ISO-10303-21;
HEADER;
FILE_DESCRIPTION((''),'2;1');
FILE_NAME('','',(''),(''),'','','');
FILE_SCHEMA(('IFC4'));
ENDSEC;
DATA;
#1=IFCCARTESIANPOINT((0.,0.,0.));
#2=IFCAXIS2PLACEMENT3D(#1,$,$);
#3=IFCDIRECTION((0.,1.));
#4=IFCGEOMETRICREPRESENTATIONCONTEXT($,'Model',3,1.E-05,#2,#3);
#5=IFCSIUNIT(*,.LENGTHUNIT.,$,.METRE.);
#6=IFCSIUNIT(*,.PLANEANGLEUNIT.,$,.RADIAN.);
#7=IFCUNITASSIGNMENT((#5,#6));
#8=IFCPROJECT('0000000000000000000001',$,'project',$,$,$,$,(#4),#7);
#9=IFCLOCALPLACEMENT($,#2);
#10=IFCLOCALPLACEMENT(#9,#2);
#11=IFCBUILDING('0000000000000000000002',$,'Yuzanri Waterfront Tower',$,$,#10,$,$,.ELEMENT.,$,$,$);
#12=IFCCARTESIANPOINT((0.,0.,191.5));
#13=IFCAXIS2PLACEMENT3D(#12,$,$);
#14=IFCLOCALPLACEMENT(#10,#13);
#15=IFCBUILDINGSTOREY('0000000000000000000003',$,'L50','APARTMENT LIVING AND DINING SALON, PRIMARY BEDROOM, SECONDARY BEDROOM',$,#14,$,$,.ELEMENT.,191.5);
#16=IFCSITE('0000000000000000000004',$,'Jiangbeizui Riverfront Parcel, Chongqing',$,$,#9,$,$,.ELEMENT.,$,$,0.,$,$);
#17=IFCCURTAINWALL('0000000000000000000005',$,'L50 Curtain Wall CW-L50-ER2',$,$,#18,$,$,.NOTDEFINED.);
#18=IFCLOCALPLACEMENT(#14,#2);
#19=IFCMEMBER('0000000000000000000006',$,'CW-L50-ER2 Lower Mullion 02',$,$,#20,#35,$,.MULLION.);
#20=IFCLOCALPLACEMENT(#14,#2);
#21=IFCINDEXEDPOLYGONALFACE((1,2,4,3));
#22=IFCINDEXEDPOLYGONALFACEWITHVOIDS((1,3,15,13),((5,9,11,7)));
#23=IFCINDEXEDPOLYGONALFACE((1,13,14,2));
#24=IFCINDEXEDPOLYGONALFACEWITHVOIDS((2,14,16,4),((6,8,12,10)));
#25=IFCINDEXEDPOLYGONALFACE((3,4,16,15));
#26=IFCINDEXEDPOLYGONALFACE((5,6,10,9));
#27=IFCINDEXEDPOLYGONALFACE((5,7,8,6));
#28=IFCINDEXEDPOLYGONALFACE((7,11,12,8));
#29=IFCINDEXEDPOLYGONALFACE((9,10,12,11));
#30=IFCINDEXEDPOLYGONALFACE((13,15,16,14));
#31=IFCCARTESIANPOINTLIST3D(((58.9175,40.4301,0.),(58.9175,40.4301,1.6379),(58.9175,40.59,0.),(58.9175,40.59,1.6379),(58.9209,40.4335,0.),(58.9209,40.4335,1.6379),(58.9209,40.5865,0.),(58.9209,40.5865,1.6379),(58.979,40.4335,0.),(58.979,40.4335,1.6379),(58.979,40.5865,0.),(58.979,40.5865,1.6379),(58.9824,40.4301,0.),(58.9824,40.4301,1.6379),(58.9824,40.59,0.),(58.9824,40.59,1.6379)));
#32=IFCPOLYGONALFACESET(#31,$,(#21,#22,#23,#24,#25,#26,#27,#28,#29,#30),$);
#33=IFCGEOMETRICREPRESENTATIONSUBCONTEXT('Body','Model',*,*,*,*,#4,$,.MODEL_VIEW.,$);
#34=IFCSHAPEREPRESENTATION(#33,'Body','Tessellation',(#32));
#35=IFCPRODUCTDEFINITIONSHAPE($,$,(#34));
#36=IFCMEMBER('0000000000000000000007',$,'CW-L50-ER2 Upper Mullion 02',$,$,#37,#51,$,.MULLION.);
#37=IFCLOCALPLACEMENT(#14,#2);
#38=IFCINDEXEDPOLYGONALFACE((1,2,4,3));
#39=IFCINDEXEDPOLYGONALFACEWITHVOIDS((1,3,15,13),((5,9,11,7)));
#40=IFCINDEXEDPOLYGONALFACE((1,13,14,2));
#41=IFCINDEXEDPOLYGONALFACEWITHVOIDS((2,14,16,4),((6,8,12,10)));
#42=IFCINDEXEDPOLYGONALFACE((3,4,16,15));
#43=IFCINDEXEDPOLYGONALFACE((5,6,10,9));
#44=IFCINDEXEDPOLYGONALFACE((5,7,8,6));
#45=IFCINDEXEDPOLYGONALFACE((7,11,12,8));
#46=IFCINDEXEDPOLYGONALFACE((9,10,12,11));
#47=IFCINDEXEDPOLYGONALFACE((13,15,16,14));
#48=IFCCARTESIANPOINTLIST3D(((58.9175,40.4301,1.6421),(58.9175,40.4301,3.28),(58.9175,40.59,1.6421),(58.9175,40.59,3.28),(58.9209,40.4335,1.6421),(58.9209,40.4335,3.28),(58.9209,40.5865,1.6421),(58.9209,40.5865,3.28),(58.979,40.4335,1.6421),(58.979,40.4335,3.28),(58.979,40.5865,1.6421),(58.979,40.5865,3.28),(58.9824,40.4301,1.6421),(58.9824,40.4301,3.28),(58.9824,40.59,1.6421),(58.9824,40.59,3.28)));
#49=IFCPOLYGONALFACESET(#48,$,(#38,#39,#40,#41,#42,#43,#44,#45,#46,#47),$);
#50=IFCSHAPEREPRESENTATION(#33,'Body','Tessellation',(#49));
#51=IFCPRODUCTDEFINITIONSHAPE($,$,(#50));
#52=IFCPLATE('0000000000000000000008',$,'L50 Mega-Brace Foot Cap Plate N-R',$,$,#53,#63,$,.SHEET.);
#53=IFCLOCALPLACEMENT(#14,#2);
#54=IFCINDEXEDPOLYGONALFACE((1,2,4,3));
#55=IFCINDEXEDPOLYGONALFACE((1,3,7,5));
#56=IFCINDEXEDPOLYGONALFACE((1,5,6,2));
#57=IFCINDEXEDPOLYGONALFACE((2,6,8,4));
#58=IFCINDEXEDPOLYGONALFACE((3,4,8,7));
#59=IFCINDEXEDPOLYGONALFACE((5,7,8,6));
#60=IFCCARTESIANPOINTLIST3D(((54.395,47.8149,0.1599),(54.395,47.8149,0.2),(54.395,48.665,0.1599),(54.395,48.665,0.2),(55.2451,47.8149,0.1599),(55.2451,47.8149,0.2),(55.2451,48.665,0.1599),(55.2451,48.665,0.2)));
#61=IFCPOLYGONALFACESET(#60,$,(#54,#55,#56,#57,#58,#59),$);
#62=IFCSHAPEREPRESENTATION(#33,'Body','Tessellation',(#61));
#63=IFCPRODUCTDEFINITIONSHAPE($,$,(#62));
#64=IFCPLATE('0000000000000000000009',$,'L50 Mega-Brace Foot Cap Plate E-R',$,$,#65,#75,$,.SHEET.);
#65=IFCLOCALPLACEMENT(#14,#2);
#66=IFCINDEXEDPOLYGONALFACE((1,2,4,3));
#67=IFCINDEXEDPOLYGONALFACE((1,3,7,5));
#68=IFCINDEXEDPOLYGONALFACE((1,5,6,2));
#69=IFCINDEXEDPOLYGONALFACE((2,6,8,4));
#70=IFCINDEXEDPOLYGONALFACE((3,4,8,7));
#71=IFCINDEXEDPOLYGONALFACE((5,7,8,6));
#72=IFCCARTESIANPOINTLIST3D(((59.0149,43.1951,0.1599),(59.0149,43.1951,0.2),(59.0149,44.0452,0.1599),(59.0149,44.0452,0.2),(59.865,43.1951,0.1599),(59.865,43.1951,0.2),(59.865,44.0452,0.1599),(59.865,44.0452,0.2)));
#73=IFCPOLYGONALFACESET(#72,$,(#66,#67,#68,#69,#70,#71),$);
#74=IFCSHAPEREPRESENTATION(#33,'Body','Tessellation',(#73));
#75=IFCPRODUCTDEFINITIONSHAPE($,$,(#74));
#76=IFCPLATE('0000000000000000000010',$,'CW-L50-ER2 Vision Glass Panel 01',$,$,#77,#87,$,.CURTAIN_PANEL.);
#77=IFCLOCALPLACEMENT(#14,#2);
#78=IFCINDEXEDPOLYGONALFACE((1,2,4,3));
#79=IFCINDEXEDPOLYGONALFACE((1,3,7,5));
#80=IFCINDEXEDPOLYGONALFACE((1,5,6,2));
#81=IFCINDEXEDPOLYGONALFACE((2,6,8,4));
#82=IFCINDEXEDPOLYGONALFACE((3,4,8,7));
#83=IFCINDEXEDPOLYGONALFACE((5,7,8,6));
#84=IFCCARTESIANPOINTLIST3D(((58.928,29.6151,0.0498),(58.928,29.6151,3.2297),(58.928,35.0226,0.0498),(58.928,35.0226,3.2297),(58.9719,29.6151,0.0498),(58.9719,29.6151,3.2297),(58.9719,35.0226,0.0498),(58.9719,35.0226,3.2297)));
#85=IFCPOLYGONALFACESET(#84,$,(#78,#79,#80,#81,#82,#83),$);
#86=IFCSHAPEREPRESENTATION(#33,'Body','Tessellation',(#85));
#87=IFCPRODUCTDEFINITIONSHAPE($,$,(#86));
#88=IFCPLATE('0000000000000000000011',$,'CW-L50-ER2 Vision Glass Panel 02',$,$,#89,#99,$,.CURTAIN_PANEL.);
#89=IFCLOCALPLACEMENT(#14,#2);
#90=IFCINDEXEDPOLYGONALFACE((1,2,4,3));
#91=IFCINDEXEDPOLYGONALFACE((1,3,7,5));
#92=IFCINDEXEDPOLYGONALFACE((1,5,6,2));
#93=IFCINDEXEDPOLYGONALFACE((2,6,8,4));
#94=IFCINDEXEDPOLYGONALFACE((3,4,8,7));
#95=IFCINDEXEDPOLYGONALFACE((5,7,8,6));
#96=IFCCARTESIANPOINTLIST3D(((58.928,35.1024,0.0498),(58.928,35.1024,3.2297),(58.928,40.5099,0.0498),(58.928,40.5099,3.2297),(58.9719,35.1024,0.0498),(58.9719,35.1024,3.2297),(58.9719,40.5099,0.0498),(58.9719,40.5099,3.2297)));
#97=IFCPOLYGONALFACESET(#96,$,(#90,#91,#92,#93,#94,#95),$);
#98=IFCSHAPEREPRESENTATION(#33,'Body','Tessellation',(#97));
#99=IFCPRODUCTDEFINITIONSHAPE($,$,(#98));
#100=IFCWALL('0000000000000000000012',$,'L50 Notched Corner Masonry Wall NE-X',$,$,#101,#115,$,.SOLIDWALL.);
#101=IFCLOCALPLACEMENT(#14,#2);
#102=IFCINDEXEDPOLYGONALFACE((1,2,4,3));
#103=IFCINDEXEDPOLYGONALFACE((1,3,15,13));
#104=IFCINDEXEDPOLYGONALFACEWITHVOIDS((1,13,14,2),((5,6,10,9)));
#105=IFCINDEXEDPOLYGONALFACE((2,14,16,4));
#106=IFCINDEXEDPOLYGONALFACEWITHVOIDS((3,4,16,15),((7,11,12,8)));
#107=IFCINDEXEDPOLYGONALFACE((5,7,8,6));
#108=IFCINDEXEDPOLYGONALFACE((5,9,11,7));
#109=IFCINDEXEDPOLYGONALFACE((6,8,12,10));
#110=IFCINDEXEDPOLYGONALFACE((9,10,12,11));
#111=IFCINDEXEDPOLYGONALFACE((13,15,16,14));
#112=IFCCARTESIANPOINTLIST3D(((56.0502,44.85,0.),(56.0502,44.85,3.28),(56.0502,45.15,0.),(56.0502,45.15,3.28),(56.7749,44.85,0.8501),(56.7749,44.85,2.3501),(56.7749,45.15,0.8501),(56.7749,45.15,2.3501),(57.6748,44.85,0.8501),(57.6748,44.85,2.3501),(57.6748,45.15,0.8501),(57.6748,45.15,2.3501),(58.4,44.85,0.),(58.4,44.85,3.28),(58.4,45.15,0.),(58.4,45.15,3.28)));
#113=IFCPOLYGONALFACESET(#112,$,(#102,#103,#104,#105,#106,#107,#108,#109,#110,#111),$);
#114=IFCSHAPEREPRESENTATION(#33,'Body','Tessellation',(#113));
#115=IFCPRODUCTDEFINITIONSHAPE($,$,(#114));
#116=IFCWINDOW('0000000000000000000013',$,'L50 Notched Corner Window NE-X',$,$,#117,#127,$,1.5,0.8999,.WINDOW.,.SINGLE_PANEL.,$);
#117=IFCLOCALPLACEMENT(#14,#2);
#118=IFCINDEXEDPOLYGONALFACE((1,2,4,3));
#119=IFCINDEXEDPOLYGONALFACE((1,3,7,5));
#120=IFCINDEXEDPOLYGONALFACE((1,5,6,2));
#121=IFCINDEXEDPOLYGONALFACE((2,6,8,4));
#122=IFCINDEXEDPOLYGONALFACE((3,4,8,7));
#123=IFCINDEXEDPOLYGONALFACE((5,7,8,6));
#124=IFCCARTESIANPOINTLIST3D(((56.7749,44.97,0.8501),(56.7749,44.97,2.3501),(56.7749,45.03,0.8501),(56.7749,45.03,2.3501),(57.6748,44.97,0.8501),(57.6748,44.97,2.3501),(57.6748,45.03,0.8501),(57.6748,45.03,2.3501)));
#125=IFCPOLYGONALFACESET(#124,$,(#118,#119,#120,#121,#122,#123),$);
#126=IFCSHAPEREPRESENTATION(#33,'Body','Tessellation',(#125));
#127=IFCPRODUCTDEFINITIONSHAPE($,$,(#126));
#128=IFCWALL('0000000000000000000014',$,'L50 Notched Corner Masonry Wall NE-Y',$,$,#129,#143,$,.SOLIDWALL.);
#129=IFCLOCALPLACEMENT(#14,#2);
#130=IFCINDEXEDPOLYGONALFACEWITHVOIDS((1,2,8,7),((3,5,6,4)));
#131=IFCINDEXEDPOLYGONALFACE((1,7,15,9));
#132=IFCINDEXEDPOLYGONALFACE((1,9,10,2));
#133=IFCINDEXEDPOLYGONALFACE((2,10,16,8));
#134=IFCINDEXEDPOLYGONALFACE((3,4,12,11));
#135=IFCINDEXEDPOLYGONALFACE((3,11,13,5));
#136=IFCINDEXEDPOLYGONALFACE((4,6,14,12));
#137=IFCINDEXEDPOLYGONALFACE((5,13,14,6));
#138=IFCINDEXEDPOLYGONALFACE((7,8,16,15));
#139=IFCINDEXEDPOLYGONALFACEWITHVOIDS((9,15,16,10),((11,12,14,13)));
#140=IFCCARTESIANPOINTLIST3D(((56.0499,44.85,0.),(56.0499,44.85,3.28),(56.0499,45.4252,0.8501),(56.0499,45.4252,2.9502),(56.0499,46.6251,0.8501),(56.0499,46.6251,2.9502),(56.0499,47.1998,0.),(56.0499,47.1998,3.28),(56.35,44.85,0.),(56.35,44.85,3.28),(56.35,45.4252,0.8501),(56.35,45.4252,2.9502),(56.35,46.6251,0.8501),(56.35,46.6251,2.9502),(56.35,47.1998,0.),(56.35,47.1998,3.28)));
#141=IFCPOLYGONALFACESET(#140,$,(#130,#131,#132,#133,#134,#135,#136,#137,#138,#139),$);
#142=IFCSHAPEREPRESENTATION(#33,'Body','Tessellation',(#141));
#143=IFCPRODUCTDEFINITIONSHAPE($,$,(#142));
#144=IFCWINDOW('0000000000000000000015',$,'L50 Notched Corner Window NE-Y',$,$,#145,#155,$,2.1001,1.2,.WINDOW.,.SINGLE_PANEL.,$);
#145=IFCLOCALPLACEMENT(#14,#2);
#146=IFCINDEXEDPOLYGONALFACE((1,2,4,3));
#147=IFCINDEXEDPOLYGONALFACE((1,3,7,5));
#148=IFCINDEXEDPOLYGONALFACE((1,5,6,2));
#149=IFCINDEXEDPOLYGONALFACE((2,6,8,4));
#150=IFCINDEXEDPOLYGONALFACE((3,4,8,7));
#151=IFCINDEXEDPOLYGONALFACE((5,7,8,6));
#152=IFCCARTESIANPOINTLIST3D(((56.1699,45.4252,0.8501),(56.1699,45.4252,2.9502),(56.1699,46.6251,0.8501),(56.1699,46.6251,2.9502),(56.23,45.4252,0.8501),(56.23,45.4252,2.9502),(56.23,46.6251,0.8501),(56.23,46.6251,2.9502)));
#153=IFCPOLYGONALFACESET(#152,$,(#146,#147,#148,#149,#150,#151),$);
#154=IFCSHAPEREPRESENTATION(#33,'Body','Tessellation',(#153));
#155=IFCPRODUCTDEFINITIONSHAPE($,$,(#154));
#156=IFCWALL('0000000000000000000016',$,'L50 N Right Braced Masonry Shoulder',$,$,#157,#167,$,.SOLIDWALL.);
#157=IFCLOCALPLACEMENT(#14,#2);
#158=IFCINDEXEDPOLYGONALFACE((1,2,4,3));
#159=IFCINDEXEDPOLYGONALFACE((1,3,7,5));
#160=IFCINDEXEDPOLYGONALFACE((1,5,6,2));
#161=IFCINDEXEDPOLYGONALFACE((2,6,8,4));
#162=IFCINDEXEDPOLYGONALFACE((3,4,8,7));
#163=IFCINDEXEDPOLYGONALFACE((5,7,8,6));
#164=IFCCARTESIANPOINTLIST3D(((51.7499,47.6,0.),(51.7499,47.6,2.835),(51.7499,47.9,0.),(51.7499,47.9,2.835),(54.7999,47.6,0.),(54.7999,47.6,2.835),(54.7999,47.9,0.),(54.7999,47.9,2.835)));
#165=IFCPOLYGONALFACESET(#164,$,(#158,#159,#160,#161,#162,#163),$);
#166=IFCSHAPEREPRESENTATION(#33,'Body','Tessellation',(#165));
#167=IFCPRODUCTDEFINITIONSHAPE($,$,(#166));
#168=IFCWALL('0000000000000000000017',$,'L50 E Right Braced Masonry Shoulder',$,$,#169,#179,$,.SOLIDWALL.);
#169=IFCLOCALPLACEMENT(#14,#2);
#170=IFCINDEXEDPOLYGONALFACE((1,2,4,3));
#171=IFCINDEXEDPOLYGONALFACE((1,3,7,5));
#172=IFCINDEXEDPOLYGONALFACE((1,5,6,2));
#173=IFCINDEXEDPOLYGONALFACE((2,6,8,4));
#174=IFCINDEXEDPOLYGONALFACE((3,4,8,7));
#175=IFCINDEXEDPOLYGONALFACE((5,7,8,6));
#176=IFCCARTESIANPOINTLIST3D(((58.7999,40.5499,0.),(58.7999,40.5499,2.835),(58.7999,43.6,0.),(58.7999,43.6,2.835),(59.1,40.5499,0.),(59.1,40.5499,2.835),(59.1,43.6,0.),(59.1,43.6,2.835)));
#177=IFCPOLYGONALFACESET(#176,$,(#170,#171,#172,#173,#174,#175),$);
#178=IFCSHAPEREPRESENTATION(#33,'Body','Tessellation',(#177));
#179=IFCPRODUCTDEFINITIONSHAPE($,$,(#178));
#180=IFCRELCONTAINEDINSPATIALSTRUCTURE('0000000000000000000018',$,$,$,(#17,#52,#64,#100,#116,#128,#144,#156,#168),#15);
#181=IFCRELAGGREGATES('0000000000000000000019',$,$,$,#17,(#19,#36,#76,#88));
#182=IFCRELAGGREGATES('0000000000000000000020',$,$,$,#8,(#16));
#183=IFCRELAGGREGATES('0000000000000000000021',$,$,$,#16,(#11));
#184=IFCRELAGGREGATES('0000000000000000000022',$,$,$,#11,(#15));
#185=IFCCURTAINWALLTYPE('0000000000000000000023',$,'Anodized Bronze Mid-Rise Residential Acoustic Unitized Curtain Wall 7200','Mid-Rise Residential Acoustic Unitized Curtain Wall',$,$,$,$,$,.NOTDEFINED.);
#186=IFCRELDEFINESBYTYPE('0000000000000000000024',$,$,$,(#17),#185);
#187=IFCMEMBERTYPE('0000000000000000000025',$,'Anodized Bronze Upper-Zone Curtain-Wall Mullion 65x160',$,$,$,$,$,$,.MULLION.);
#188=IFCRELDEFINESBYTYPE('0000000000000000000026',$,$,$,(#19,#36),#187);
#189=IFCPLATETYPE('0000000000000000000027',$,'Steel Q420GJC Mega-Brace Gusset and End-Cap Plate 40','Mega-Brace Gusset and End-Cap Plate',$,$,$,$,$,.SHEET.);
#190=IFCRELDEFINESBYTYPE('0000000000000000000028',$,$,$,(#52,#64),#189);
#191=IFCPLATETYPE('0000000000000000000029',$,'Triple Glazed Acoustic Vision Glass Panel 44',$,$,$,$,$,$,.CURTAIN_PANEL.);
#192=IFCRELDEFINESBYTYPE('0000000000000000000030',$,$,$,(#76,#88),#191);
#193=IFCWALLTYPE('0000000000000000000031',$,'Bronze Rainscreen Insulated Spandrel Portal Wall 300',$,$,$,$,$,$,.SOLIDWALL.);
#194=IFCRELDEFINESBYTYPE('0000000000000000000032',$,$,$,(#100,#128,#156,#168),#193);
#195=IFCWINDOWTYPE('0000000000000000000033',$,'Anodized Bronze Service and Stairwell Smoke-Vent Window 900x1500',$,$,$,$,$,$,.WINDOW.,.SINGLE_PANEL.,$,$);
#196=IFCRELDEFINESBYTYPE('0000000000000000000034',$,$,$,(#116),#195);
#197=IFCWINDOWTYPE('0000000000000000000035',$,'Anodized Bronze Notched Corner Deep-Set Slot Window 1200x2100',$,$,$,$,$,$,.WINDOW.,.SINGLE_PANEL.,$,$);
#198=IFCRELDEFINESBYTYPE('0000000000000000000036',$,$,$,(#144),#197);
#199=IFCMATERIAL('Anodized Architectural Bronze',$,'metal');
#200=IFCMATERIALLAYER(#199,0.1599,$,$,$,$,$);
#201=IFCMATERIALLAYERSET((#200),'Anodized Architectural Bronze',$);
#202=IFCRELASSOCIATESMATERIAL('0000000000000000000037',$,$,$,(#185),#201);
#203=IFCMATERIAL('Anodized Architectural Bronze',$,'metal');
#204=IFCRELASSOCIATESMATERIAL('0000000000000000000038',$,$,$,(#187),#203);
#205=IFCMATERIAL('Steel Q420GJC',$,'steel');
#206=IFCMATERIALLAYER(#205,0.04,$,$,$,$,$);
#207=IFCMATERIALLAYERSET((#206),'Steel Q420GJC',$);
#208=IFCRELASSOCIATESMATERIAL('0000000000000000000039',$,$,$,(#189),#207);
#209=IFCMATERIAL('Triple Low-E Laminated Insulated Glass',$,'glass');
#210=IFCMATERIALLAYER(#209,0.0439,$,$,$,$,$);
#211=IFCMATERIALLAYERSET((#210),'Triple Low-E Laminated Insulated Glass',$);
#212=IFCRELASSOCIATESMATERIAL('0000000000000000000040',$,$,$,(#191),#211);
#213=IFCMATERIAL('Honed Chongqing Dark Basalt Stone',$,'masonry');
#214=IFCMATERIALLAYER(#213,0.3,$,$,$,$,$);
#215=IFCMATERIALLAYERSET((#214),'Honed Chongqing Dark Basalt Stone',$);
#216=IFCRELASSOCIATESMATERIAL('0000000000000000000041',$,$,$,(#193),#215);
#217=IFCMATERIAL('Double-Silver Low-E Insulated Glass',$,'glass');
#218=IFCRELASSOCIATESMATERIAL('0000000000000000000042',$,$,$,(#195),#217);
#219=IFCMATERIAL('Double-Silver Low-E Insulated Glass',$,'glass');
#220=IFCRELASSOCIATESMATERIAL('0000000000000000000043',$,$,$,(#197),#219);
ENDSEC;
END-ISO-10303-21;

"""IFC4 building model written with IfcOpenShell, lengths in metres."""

from ifc_helpers import new_model, si_unit, direction, frame, frame_2d, origin, origin_2d, place, context, subcontext, project, spatial, rectangle, hollow_rectangle, extrude, source, transform, mapped, material, layer, layer_set, material_profile, profile_set, type_object, element, fill, aggregate, save


model = new_model("IFC4")

# Units and contexts
model_context = context("Model", 3, precision=1e-05, world=origin(), true_north=direction((0.0, 1.0)))
body_context = subcontext(model_context, "Body", "Model", "MODEL_VIEW")
ifc_project = project(units=[si_unit("LENGTHUNIT", "METRE"), si_unit("PLANEANGLEUNIT", "RADIAN")], contexts=[model_context])

# Site, building, storey
site_placement = place(None, origin())
site = spatial("IfcSite", under=ifc_project, at=site_placement, Name="Jiangbeizui Riverfront Parcel, Chongqing", CompositionType="ELEMENT", RefElevation=0.0)
building_placement = place(site_placement, origin())
building = spatial("IfcBuilding", under=site, at=building_placement, Name="Yuzanri Waterfront Tower", CompositionType="ELEMENT")
storey_placement = place(building_placement, frame((0.0, 0.0, 191.5)))
storey = spatial("IfcBuildingStorey", under=building, at=storey_placement, Name="L50", Description="APARTMENT LIVING AND DINING SALON, PRIMARY BEDROOM, SECONDARY BEDROOM", CompositionType="ELEMENT", Elevation=191.5)

# Curtain wall, members
ifc_material_1 = material(Name="Anodized Architectural Bronze", Category="metal")
ifc_layer_1 = layer(ifc_material_1, 0.1599)
ifc_layer_set_1 = layer_set([ifc_layer_1], Name="Anodized Architectural Bronze")
curtain_wall_type = type_object("IfcCurtainWallType", Name="Anodized Bronze Mid-Rise Residential Acoustic Unitized Curtain Wall 7200", Description="Mid-Rise Residential Acoustic Unitized Curtain Wall", PredefinedType="NOTDEFINED", material=ifc_layer_set_1)
ifc_material_2 = material(Name="Anodized Architectural Bronze", Category="metal")
ifc_material_profile_1 = material_profile(ifc_material_2, hollow_rectangle(XDim=0.0649, YDim=0.1599, WallThickness=0.0034, at=origin_2d()), Name="CWM 65x160")
ifc_profile_set_1 = profile_set([ifc_material_profile_1], Name="Anodized Architectural Bronze")
member_type_1 = type_object("IfcMemberType", Name="Anodized Bronze Upper-Zone Curtain-Wall Mullion 65x160", PredefinedType="MULLION", material=ifc_profile_set_1)
shared_shape_1 = source(origin(), body_context, "Body", "SweptSolid", [
    extrude(hollow_rectangle(XDim=0.0649, YDim=0.1599, WallThickness=0.0034, at=origin_2d()), origin(), (0.0, 0.0, 1.0), 1.6379),
])
curtain_wall_1_placement = place(storey_placement, origin())
curtain_wall_1 = element("IfcCurtainWall", 1, at=curtain_wall_1_placement, inside=storey, type_object=curtain_wall_type, Name="L50 Curtain Wall CW-L50-ER2", PredefinedType="NOTDEFINED")
member_1_placement = place(storey_placement, frame((58.95, 40.51, 0.0), z_axis=(0.0, 0.0, 1.0), x_axis=(1.0, 0.0, 0.0)))
member_1 = element("IfcMember", 2, at=member_1_placement, type_object=member_type_1, Name="CW-L50-ER2 Lower Mullion 02", PredefinedType="MULLION", context=body_context, shape_type="MappedRepresentation", body=[
    mapped(shared_shape_1, transform((0.0, 0.0, 0.0), scale=1.0)),
])
member_2_placement = place(storey_placement, frame((58.95, 40.51, 1.6421), z_axis=(0.0, 0.0, 1.0), x_axis=(1.0, 0.0, 0.0)))
member_2 = element("IfcMember", 3, at=member_2_placement, type_object=member_type_1, Name="CW-L50-ER2 Upper Mullion 02", PredefinedType="MULLION", context=body_context, shape_type="MappedRepresentation", body=[
    mapped(shared_shape_1, transform((0.0, 0.0, 0.0), scale=1.0)),
])

# Plates
ifc_material_3 = material(Name="Steel Q420GJC", Category="steel")
ifc_layer_2 = layer(ifc_material_3, 0.04)
ifc_layer_set_2 = layer_set([ifc_layer_2], Name="Steel Q420GJC")
plate_type_1 = type_object("IfcPlateType", Name="Steel Q420GJC Mega-Brace Gusset and End-Cap Plate 40", Description="Mega-Brace Gusset and End-Cap Plate", PredefinedType="SHEET", material=ifc_layer_set_2)
shared_shape_2 = source(origin(), body_context, "Body", "SweptSolid", [
    extrude(rectangle(XDim=0.8501, YDim=0.8501, at=origin_2d()), origin(), (0.0, 0.0, 1.0), 0.04),
])
for number, where, z_axis, x_axis, name in (
    (4, (54.8201, 48.24, 0.1599), (0.0, 0.0, 1.0), (1.0, 0.0, 0.0), "L50 Mega-Brace Foot Cap Plate N-R"),
    (5, (59.4399, 43.6201, 0.1599), (0.0, 0.0, 1.0), (1.0, 0.0, 0.0), "L50 Mega-Brace Foot Cap Plate E-R"),
):
    element("IfcPlate", number, at=place(storey_placement, frame(where, z_axis=z_axis, x_axis=x_axis)), inside=storey, type_object=plate_type_1, Name=name, PredefinedType="SHEET", context=body_context, shape_type="MappedRepresentation", body=[
        mapped(shared_shape_2, transform((0.0, 0.0, 0.0), scale=1.0)),
    ])

# Plates
ifc_material_4 = material(Name="Triple Low-E Laminated Insulated Glass", Category="glass")
ifc_layer_3 = layer(ifc_material_4, 0.0439)
ifc_layer_set_3 = layer_set([ifc_layer_3], Name="Triple Low-E Laminated Insulated Glass")
plate_type_2 = type_object("IfcPlateType", Name="Triple Glazed Acoustic Vision Glass Panel 44", PredefinedType="CURTAIN_PANEL", material=ifc_layer_set_3)
shared_shape_3 = source(origin(), body_context, "Body", "SweptSolid", [
    extrude(rectangle(XDim=5.4075, YDim=0.0439, at=origin_2d()), origin(), (0.0, 0.0, 1.0), 3.1799),
])
plate_1_placement = place(storey_placement, frame((58.95, 32.3188, 0.0498), z_axis=(0.0, 0.0, 1.0), x_axis=(0.0, 1.0, 0.0)))
plate_1 = element("IfcPlate", 6, at=plate_1_placement, type_object=plate_type_2, Name="CW-L50-ER2 Vision Glass Panel 01", PredefinedType="CURTAIN_PANEL", context=body_context, shape_type="MappedRepresentation", body=[
    mapped(shared_shape_3, transform((0.0, 0.0, 0.0), scale=1.0)),
])
plate_2_placement = place(storey_placement, frame((58.95, 37.8062, 0.0498), z_axis=(0.0, 0.0, 1.0), x_axis=(0.0, 1.0, 0.0)))
plate_2 = element("IfcPlate", 7, at=plate_2_placement, type_object=plate_type_2, Name="CW-L50-ER2 Vision Glass Panel 02", PredefinedType="CURTAIN_PANEL", context=body_context, shape_type="MappedRepresentation", body=[
    mapped(shared_shape_3, transform((0.0, 0.0, 0.0), scale=1.0)),
])
aggregate(curtain_wall_1, [member_1, member_2, plate_1, plate_2])

# Walls, openings, windows
ifc_material_5 = material(Name="Honed Chongqing Dark Basalt Stone", Category="masonry")
ifc_layer_4 = layer(ifc_material_5, 0.3)
ifc_layer_set_4 = layer_set([ifc_layer_4], Name="Honed Chongqing Dark Basalt Stone")
wall_type_1 = type_object("IfcWallType", Name="Bronze Rainscreen Insulated Spandrel Portal Wall 300", PredefinedType="SOLIDWALL", material=ifc_layer_set_4)
wall_1_placement = place(storey_placement, frame((58.3999, 45.0, 0.0), z_axis=(0.0, 0.0, 1.0), x_axis=(-1.0, 0.0, 0.0)))
wall_1 = element("IfcWall", 8, at=wall_1_placement, inside=storey, type_object=wall_type_1, Name="L50 Notched Corner Masonry Wall NE-X", PredefinedType="SOLIDWALL", context=body_context, shape_type="SweptSolid", body=[
    extrude(rectangle(XDim=2.3499, YDim=0.3, at=frame_2d((1.1748, 0.0))), origin(), (0.0, 0.0, 1.0), 3.28),
])
opening_1_placement = place(wall_1_placement, frame((0.7251, 0.0, 0.8501)))
opening_1 = element("IfcOpeningElement", 9, at=opening_1_placement, cuts=wall_1, PredefinedType="OPENING", context=body_context, shape_type="SweptSolid", body=[
    extrude(rectangle(XDim=0.8999, YDim=1.5, at=frame_2d((0.45, 0.75))), frame((0.0, 0.165, 0.0), z_axis=(0.0, -1.0, 0.0), x_axis=(1.0, 0.0, 0.0)), (0.0, 0.0, 1.0), 0.3298),
])
ifc_material_6 = material(Name="Double-Silver Low-E Insulated Glass", Category="glass")
window_type_1 = type_object("IfcWindowType", Name="Anodized Bronze Service and Stairwell Smoke-Vent Window 900x1500", PartitioningType="SINGLE_PANEL", PredefinedType="WINDOW", material=ifc_material_6)
shared_shape_4 = source(origin(), body_context, "Body", "SweptSolid", [
    extrude(rectangle(XDim=0.8999, YDim=1.5, at=frame_2d((0.45, 0.75))), frame((0.0, 0.03, 0.0), z_axis=(0.0, -1.0, 0.0), x_axis=(1.0, 0.0, 0.0)), (0.0, 0.0, 1.0), 0.0601),
])
window_1_placement = place(opening_1_placement, origin())
window_1 = element("IfcWindow", 10, at=window_1_placement, inside=storey, type_object=window_type_1, Name="L50 Notched Corner Window NE-X", OverallHeight=1.5, OverallWidth=0.8999, PartitioningType="SINGLE_PANEL", PredefinedType="WINDOW", context=body_context, shape_type="MappedRepresentation", body=[
    mapped(shared_shape_4, transform((0.0, 0.0, 0.0), scale=1.0)),
])
fill(opening_1, window_1)
wall_2_placement = place(storey_placement, frame((56.2, 44.8501, 0.0), z_axis=(0.0, 0.0, 1.0), x_axis=(0.0, 1.0, 0.0)))
wall_2 = element("IfcWall", 11, at=wall_2_placement, inside=storey, type_object=wall_type_1, Name="L50 Notched Corner Masonry Wall NE-Y", PredefinedType="SOLIDWALL", context=body_context, shape_type="SweptSolid", body=[
    extrude(rectangle(XDim=2.3499, YDim=0.3, at=frame_2d((1.1748, 0.0))), origin(), (0.0, 0.0, 1.0), 3.28),
])
opening_2_placement = place(wall_2_placement, frame((0.575, 0.0, 0.8501)))
opening_2 = element("IfcOpeningElement", 12, at=opening_2_placement, cuts=wall_2, PredefinedType="OPENING", context=body_context, shape_type="SweptSolid", body=[
    extrude(rectangle(XDim=1.2, YDim=2.1001, at=frame_2d((0.6001, 1.05))), frame((0.0, 0.165, 0.0), z_axis=(0.0, -1.0, 0.0), x_axis=(1.0, 0.0, 0.0)), (0.0, 0.0, 1.0), 0.3298),
])
ifc_material_7 = material(Name="Double-Silver Low-E Insulated Glass", Category="glass")
window_type_2 = type_object("IfcWindowType", Name="Anodized Bronze Notched Corner Deep-Set Slot Window 1200x2100", PartitioningType="SINGLE_PANEL", PredefinedType="WINDOW", material=ifc_material_7)
shared_shape_5 = source(origin(), body_context, "Body", "SweptSolid", [
    extrude(rectangle(XDim=1.2, YDim=2.1001, at=frame_2d((0.6001, 1.05))), frame((0.0, 0.03, 0.0), z_axis=(0.0, -1.0, 0.0), x_axis=(1.0, 0.0, 0.0)), (0.0, 0.0, 1.0), 0.0601),
])
window_2_placement = place(opening_2_placement, origin())
window_2 = element("IfcWindow", 13, at=window_2_placement, inside=storey, type_object=window_type_2, Name="L50 Notched Corner Window NE-Y", OverallHeight=2.1001, OverallWidth=1.2, PartitioningType="SINGLE_PANEL", PredefinedType="WINDOW", context=body_context, shape_type="MappedRepresentation", body=[
    mapped(shared_shape_5, transform((0.0, 0.0, 0.0), scale=1.0)),
])
fill(opening_2, window_2)

# Walls
shared_shape_6 = source(origin(), body_context, "Body", "SweptSolid", [
    extrude(rectangle(XDim=3.05, YDim=0.3, at=frame_2d((1.5249, 0.0))), origin(), (0.0, 0.0, 1.0), 2.835),
])
for number, where, z_axis, x_axis, name in (
    (14, (51.75, 47.75, 0.0), (0.0, 0.0, 1.0), (1.0, 0.0, 0.0), "L50 N Right Braced Masonry Shoulder"),
    (15, (58.95, 40.55, 0.0), (0.0, 0.0, 1.0), (0.0, 1.0, 0.0), "L50 E Right Braced Masonry Shoulder"),
):
    element("IfcWall", number, at=place(storey_placement, frame(where, z_axis=z_axis, x_axis=x_axis)), inside=storey, type_object=wall_type_1, Name=name, PredefinedType="SOLIDWALL", context=body_context, shape_type="MappedRepresentation", body=[
        mapped(shared_shape_6, transform((0.0, 0.0, 0.0), scale=1.0)),
    ])

save(model, "model.ifc")
